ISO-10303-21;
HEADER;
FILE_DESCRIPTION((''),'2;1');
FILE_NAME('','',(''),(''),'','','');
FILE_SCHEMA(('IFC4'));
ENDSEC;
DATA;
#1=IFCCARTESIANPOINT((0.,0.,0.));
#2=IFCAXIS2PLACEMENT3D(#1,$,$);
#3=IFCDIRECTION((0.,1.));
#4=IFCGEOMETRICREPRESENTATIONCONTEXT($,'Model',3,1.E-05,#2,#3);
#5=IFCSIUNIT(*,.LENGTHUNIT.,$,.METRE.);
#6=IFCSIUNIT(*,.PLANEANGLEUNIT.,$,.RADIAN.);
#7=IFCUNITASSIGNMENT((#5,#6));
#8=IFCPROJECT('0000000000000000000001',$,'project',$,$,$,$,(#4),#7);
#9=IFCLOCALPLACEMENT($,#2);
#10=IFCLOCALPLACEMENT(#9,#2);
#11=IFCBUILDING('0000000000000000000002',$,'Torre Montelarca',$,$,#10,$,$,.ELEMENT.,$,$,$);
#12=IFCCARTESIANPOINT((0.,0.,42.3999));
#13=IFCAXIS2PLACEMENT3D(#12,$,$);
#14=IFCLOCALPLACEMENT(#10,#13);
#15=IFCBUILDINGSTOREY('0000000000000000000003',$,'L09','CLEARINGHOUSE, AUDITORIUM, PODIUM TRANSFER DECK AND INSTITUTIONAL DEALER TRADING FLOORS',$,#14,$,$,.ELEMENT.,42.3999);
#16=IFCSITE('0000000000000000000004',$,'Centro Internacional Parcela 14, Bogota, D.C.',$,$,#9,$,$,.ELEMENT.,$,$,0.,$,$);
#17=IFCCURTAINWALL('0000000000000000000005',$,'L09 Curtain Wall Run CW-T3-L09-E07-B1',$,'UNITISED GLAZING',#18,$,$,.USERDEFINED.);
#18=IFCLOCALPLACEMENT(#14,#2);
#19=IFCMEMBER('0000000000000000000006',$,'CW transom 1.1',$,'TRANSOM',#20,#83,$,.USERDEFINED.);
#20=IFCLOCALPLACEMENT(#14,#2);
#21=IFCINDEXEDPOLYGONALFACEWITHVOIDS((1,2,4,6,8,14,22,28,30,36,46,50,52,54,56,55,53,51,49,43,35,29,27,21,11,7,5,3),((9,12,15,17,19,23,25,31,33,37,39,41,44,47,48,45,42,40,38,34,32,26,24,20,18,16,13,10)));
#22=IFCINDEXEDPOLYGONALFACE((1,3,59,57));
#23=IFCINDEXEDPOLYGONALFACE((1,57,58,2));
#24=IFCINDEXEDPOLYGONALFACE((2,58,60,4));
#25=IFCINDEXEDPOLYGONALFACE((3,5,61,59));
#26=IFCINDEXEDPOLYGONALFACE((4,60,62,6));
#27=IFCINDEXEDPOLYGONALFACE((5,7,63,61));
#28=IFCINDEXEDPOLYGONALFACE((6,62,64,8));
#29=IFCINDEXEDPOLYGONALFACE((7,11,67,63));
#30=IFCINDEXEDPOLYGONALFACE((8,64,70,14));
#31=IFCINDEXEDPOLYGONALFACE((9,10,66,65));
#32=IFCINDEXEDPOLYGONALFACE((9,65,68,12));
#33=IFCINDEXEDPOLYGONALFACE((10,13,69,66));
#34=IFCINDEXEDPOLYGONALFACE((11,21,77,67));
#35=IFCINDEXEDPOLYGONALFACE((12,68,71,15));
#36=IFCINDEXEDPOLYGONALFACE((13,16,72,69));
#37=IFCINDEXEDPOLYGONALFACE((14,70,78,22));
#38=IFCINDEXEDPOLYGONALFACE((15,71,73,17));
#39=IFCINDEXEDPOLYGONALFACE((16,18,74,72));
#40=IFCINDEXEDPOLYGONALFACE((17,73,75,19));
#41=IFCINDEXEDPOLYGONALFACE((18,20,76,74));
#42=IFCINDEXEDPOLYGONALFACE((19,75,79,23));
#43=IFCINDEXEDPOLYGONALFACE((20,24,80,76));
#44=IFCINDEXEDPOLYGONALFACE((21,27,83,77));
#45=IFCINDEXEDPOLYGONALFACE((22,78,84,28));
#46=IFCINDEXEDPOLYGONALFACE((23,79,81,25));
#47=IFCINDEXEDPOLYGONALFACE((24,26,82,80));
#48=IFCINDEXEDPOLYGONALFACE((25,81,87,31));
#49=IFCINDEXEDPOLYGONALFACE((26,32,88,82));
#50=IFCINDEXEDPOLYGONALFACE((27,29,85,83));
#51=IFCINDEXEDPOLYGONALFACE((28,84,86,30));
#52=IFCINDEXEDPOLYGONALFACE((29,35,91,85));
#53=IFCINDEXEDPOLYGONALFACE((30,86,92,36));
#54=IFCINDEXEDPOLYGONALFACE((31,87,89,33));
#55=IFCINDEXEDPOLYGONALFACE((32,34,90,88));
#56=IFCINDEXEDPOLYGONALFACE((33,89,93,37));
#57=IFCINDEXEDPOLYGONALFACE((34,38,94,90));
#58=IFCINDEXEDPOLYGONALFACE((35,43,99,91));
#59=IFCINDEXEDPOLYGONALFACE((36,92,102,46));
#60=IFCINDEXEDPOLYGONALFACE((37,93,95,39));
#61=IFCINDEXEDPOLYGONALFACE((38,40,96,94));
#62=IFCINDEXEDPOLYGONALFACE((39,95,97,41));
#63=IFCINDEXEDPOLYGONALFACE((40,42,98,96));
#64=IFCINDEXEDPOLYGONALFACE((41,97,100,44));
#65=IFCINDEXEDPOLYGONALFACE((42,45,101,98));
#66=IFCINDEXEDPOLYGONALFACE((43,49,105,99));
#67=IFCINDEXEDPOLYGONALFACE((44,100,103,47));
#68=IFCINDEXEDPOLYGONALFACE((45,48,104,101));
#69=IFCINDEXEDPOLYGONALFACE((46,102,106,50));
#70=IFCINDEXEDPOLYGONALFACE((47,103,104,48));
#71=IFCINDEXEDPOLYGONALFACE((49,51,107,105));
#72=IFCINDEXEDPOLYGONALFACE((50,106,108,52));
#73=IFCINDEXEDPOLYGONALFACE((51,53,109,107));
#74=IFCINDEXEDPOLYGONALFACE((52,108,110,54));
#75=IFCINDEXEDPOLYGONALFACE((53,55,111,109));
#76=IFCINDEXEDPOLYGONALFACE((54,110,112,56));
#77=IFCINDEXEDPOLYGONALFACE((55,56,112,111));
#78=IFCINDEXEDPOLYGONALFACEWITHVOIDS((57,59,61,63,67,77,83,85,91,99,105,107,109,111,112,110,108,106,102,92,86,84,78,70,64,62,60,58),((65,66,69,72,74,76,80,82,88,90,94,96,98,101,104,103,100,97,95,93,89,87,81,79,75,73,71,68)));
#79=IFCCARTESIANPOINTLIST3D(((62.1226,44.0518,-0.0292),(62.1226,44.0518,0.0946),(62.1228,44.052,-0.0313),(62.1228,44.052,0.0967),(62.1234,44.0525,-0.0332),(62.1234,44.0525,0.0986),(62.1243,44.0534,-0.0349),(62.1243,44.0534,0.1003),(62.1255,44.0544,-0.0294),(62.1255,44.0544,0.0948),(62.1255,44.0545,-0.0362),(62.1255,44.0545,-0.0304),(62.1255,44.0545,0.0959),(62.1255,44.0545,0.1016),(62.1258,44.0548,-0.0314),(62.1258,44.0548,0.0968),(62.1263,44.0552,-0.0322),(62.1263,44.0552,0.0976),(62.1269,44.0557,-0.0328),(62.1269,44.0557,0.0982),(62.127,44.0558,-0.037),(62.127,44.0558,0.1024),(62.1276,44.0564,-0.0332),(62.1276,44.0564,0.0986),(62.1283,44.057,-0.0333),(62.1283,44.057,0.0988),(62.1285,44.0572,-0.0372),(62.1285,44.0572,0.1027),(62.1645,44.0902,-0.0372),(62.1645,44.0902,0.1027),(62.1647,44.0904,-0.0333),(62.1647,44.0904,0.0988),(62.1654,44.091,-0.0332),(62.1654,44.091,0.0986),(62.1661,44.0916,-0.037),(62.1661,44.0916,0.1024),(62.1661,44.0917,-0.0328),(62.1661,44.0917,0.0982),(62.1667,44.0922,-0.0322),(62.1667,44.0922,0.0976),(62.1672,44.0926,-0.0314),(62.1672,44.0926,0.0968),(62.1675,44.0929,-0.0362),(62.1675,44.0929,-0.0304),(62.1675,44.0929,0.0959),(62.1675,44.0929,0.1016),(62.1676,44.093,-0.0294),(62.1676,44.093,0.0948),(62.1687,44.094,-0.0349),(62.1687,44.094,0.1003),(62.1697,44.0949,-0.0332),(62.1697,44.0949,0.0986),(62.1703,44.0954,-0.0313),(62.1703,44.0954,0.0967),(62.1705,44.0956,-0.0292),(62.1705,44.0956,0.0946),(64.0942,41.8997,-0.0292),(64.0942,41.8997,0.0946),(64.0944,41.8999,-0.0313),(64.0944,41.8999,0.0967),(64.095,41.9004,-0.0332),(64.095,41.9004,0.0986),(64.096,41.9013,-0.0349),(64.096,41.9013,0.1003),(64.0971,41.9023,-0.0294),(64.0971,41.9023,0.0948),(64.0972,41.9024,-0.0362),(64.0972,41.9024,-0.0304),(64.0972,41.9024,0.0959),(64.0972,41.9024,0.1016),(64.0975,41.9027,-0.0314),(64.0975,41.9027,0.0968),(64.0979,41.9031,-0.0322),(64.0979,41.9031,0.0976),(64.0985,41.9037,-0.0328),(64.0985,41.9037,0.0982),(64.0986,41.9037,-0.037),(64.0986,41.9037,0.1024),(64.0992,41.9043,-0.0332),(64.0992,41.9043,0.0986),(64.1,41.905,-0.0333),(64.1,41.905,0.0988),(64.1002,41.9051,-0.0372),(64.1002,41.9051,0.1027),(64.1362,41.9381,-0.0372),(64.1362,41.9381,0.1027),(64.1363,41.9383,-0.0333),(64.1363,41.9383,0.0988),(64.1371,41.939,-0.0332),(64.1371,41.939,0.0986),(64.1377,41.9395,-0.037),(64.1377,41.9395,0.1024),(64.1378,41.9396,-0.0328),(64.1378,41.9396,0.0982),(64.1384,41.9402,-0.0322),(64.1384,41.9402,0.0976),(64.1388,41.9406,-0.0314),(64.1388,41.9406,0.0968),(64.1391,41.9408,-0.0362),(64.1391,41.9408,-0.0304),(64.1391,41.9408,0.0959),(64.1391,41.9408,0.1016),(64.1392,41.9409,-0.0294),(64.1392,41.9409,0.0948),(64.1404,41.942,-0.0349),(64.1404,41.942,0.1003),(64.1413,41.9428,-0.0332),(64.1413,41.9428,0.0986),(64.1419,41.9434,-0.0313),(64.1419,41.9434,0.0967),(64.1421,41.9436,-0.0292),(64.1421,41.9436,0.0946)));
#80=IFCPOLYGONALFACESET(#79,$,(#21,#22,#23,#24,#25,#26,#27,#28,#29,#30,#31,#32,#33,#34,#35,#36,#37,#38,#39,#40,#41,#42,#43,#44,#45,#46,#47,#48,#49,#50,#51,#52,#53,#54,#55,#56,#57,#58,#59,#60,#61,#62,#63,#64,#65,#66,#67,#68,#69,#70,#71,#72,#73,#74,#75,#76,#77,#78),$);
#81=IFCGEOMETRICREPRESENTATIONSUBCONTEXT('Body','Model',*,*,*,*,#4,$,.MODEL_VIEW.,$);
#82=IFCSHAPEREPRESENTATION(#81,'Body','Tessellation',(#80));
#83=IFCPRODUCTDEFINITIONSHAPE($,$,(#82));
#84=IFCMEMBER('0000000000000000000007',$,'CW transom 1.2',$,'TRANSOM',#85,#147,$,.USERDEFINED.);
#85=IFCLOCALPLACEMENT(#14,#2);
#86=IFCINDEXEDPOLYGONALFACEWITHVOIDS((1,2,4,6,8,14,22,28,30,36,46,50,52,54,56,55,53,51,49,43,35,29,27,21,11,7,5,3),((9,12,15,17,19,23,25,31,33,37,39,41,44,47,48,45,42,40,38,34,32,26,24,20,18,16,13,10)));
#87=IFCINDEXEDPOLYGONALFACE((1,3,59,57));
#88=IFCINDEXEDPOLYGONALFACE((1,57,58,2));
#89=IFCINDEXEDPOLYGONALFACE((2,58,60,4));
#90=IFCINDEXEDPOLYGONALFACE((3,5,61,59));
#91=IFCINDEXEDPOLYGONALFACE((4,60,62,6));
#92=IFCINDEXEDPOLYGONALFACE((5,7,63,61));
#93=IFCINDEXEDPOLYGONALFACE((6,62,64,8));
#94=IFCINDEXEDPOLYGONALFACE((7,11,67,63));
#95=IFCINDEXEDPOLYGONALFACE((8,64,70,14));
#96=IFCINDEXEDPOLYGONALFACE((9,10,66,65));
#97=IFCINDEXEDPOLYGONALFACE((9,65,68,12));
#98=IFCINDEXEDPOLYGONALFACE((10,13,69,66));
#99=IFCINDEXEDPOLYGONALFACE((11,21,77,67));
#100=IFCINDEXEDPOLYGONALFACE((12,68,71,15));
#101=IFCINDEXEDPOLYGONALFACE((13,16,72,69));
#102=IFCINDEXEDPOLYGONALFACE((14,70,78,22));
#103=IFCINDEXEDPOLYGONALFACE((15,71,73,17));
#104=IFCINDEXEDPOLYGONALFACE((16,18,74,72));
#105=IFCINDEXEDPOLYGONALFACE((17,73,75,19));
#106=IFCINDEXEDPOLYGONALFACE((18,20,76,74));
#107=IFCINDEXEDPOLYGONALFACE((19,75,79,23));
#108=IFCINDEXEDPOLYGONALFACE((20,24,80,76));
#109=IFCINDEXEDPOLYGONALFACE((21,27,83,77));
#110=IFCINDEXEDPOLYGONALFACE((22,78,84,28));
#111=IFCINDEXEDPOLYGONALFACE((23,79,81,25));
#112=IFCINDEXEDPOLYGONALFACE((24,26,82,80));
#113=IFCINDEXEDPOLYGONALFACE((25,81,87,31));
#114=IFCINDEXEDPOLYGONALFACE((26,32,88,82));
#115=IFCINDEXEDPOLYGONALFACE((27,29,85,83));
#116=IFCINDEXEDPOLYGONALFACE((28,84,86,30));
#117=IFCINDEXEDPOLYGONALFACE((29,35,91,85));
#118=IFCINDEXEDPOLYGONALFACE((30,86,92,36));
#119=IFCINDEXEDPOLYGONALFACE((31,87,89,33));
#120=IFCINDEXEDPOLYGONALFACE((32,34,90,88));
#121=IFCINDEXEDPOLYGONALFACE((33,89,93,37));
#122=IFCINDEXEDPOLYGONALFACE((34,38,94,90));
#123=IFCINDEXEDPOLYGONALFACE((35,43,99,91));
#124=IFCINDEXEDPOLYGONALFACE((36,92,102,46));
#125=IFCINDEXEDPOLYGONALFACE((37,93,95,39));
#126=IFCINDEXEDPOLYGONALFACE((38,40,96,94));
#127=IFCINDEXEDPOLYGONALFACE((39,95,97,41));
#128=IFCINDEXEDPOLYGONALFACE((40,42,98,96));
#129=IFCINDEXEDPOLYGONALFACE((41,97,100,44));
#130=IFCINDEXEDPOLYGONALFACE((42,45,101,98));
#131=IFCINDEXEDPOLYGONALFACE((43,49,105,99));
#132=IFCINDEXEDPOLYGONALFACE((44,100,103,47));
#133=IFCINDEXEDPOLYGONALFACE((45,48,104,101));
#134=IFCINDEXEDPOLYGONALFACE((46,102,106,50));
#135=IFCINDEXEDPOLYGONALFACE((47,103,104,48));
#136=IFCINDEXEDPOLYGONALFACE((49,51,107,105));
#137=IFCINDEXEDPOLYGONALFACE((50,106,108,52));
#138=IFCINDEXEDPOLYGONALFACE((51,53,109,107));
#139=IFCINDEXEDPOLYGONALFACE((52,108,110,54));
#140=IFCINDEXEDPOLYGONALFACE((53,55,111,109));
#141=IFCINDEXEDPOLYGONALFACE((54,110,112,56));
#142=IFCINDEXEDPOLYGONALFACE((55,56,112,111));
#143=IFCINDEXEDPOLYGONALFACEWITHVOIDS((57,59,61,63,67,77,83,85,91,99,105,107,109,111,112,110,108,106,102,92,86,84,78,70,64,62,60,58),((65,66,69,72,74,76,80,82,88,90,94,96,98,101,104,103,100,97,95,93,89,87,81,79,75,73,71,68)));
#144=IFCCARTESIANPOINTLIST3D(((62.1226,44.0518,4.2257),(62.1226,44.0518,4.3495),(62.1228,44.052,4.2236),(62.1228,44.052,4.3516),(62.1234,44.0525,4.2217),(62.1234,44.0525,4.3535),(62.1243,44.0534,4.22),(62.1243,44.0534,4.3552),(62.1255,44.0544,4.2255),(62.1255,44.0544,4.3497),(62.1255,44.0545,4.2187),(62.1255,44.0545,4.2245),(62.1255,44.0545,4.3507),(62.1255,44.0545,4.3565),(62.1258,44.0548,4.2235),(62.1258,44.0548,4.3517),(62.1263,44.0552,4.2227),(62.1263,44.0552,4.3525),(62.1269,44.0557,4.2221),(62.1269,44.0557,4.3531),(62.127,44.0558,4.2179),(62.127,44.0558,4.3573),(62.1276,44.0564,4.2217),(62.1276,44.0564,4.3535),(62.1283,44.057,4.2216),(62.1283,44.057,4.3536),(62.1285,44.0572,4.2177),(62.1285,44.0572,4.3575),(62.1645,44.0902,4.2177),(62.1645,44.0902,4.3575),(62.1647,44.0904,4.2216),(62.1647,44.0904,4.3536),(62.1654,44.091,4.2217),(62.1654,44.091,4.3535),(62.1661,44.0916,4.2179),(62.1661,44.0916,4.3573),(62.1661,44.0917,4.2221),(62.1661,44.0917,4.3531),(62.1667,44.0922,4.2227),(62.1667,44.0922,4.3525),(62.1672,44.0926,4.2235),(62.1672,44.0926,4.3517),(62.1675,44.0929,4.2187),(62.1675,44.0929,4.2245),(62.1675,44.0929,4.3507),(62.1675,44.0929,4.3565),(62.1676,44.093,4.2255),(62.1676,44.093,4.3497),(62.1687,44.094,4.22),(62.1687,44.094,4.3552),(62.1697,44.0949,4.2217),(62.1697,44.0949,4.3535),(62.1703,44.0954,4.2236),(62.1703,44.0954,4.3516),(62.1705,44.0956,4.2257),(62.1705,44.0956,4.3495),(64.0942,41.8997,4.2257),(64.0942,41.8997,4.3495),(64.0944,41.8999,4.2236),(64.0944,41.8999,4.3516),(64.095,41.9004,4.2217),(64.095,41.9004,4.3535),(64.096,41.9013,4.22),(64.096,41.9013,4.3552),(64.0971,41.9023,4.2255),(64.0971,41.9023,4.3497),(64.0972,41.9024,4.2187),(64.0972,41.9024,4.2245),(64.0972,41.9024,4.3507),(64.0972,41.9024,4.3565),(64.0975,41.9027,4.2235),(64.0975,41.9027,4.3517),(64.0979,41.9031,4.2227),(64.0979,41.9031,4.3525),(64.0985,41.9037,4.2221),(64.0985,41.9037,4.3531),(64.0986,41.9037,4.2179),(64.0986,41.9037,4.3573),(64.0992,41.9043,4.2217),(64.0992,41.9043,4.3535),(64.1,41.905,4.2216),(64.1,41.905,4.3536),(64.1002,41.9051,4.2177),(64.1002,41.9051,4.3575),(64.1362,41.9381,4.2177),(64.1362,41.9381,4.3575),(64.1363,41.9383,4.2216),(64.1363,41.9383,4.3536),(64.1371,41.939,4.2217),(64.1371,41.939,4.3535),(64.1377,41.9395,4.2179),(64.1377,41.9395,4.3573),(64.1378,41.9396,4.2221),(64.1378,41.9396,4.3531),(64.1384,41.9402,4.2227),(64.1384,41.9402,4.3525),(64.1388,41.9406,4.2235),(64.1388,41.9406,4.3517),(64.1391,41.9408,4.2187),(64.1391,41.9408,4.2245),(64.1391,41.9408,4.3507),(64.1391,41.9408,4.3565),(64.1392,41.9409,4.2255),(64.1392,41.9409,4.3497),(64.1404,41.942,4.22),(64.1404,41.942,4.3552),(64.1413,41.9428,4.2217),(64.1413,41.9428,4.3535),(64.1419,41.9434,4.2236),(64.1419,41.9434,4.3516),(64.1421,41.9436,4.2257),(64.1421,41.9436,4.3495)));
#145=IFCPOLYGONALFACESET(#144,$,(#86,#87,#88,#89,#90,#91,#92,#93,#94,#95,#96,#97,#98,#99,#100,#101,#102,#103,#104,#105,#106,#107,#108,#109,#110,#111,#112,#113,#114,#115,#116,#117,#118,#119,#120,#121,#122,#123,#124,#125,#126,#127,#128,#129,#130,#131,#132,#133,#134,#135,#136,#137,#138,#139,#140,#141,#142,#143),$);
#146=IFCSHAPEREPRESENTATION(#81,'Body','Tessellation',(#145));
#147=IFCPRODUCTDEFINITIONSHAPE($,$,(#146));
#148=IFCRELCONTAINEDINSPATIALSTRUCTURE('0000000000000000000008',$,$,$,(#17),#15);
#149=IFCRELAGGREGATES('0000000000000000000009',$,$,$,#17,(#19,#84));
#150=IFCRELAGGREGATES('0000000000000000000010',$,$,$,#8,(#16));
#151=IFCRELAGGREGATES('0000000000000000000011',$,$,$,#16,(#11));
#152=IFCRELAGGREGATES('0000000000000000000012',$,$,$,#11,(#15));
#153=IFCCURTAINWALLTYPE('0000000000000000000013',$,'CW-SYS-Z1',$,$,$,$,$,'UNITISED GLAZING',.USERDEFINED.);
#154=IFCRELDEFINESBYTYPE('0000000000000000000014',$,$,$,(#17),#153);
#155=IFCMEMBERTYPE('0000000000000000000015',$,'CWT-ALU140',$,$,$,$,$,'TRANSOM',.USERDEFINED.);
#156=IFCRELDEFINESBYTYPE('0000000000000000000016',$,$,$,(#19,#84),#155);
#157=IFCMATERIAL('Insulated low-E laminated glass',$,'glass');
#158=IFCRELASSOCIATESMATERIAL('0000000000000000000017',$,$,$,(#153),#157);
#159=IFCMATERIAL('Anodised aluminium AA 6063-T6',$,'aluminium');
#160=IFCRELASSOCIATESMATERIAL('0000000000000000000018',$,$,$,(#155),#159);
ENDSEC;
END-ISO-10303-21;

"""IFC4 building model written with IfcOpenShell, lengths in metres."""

from ifc_helpers import new_model, si_unit, direction, frame, origin, origin_2d, place, context, subcontext, project, spatial, hollow_rectangle, extrude, source, transform, mapped, material, material_profile, profile_set, type_object, element, aggregate, save


model = new_model("IFC4")

# Units and contexts
model_context = context("Model", 3, precision=1e-05, world=origin(), true_north=direction((0.0, 1.0)))
body_context = subcontext(model_context, "Body", "Model", "MODEL_VIEW")
ifc_project = project(units=[si_unit("LENGTHUNIT", "METRE"), si_unit("PLANEANGLEUNIT", "RADIAN")], contexts=[model_context])

# Site, building, storey
site_placement = place(None, origin())
site = spatial("IfcSite", under=ifc_project, at=site_placement, Name="Centro Internacional Parcela 14, Bogota, D.C.", CompositionType="ELEMENT", RefElevation=0.0)
building_placement = place(site_placement, origin())
building = spatial("IfcBuilding", under=site, at=building_placement, Name="Torre Montelarca", CompositionType="ELEMENT")
storey_placement = place(building_placement, frame((0.0, 0.0, 42.3999)))
storey = spatial("IfcBuildingStorey", under=building, at=storey_placement, Name="L09", Description="CLEARINGHOUSE, AUDITORIUM, PODIUM TRANSFER DECK AND INSTITUTIONAL DEALER TRADING FLOORS", CompositionType="ELEMENT", Elevation=42.3999)

# Curtain wall, members
ifc_material_1 = material(Name="Insulated low-E laminated glass", Category="glass")
curtain_wall_type = type_object("IfcCurtainWallType", Name="CW-SYS-Z1", ElementType="UNITISED GLAZING", PredefinedType="USERDEFINED", material=ifc_material_1)
ifc_material_2 = material(Name="Anodised aluminium AA 6063-T6", Category="aluminium")
curtain_wall_1_placement = place(storey_placement, origin())
curtain_wall_1 = element("IfcCurtainWall", 1, at=curtain_wall_1_placement, inside=storey, type_object=curtain_wall_type, Name="L09 Curtain Wall Run CW-T3-L09-E07-B1", ObjectType="UNITISED GLAZING", PredefinedType="USERDEFINED")
ifc_material_profile_1 = material_profile(ifc_material_2, hollow_rectangle(XDim=0.0649, YDim=0.1399, WallThickness=0.0039, InnerFilletRadius=0.0039, OuterFilletRadius=0.0081, at=origin_2d()), Name="ALU65X140X4", Category="aluminium")
ifc_profile_set_1 = profile_set([ifc_material_profile_1], Name="Anodised aluminium AA 6063-T6")
member_type_1 = type_object("IfcMemberType", Name="CWT-ALU140", ElementType="TRANSOM", PredefinedType="USERDEFINED", material=ifc_profile_set_1)
shared_shape_1 = source(origin(), body_context, "Body", "SweptSolid", [
    extrude(hollow_rectangle(XDim=0.0649, YDim=0.1399, WallThickness=0.0039, InnerFilletRadius=0.0039, OuterFilletRadius=0.0081, at=origin_2d()), origin(), (0.0, 0.0, 1.0), 2.9187),
])
member_1_placement = place(storey_placement, frame((64.1182, 41.9216, 0.0327), z_axis=(-0.675524, 0.737338, 0.0), x_axis=(-0.737338, -0.675524, 0.0)))
member_1 = element("IfcMember", 2, at=member_1_placement, type_object=member_type_1, Name="CW transom 1.1", ObjectType="TRANSOM", PredefinedType="USERDEFINED", context=body_context, shape_type="MappedRepresentation", body=[
    mapped(shared_shape_1, transform((0.0, 0.0, 0.0), scale=1.0)),
])
member_2_placement = place(storey_placement, frame((64.1182, 41.9216, 4.2876), z_axis=(-0.675524, 0.737338, 0.0), x_axis=(-0.737338, -0.675524, 0.0)))
member_2 = element("IfcMember", 3, at=member_2_placement, type_object=member_type_1, Name="CW transom 1.2", ObjectType="TRANSOM", PredefinedType="USERDEFINED", context=body_context, shape_type="MappedRepresentation", body=[
    mapped(shared_shape_1, transform((0.0, 0.0, 0.0), scale=1.0)),
])

aggregate(curtain_wall_1, [member_1, member_2])

save(model, "model.ifc")
